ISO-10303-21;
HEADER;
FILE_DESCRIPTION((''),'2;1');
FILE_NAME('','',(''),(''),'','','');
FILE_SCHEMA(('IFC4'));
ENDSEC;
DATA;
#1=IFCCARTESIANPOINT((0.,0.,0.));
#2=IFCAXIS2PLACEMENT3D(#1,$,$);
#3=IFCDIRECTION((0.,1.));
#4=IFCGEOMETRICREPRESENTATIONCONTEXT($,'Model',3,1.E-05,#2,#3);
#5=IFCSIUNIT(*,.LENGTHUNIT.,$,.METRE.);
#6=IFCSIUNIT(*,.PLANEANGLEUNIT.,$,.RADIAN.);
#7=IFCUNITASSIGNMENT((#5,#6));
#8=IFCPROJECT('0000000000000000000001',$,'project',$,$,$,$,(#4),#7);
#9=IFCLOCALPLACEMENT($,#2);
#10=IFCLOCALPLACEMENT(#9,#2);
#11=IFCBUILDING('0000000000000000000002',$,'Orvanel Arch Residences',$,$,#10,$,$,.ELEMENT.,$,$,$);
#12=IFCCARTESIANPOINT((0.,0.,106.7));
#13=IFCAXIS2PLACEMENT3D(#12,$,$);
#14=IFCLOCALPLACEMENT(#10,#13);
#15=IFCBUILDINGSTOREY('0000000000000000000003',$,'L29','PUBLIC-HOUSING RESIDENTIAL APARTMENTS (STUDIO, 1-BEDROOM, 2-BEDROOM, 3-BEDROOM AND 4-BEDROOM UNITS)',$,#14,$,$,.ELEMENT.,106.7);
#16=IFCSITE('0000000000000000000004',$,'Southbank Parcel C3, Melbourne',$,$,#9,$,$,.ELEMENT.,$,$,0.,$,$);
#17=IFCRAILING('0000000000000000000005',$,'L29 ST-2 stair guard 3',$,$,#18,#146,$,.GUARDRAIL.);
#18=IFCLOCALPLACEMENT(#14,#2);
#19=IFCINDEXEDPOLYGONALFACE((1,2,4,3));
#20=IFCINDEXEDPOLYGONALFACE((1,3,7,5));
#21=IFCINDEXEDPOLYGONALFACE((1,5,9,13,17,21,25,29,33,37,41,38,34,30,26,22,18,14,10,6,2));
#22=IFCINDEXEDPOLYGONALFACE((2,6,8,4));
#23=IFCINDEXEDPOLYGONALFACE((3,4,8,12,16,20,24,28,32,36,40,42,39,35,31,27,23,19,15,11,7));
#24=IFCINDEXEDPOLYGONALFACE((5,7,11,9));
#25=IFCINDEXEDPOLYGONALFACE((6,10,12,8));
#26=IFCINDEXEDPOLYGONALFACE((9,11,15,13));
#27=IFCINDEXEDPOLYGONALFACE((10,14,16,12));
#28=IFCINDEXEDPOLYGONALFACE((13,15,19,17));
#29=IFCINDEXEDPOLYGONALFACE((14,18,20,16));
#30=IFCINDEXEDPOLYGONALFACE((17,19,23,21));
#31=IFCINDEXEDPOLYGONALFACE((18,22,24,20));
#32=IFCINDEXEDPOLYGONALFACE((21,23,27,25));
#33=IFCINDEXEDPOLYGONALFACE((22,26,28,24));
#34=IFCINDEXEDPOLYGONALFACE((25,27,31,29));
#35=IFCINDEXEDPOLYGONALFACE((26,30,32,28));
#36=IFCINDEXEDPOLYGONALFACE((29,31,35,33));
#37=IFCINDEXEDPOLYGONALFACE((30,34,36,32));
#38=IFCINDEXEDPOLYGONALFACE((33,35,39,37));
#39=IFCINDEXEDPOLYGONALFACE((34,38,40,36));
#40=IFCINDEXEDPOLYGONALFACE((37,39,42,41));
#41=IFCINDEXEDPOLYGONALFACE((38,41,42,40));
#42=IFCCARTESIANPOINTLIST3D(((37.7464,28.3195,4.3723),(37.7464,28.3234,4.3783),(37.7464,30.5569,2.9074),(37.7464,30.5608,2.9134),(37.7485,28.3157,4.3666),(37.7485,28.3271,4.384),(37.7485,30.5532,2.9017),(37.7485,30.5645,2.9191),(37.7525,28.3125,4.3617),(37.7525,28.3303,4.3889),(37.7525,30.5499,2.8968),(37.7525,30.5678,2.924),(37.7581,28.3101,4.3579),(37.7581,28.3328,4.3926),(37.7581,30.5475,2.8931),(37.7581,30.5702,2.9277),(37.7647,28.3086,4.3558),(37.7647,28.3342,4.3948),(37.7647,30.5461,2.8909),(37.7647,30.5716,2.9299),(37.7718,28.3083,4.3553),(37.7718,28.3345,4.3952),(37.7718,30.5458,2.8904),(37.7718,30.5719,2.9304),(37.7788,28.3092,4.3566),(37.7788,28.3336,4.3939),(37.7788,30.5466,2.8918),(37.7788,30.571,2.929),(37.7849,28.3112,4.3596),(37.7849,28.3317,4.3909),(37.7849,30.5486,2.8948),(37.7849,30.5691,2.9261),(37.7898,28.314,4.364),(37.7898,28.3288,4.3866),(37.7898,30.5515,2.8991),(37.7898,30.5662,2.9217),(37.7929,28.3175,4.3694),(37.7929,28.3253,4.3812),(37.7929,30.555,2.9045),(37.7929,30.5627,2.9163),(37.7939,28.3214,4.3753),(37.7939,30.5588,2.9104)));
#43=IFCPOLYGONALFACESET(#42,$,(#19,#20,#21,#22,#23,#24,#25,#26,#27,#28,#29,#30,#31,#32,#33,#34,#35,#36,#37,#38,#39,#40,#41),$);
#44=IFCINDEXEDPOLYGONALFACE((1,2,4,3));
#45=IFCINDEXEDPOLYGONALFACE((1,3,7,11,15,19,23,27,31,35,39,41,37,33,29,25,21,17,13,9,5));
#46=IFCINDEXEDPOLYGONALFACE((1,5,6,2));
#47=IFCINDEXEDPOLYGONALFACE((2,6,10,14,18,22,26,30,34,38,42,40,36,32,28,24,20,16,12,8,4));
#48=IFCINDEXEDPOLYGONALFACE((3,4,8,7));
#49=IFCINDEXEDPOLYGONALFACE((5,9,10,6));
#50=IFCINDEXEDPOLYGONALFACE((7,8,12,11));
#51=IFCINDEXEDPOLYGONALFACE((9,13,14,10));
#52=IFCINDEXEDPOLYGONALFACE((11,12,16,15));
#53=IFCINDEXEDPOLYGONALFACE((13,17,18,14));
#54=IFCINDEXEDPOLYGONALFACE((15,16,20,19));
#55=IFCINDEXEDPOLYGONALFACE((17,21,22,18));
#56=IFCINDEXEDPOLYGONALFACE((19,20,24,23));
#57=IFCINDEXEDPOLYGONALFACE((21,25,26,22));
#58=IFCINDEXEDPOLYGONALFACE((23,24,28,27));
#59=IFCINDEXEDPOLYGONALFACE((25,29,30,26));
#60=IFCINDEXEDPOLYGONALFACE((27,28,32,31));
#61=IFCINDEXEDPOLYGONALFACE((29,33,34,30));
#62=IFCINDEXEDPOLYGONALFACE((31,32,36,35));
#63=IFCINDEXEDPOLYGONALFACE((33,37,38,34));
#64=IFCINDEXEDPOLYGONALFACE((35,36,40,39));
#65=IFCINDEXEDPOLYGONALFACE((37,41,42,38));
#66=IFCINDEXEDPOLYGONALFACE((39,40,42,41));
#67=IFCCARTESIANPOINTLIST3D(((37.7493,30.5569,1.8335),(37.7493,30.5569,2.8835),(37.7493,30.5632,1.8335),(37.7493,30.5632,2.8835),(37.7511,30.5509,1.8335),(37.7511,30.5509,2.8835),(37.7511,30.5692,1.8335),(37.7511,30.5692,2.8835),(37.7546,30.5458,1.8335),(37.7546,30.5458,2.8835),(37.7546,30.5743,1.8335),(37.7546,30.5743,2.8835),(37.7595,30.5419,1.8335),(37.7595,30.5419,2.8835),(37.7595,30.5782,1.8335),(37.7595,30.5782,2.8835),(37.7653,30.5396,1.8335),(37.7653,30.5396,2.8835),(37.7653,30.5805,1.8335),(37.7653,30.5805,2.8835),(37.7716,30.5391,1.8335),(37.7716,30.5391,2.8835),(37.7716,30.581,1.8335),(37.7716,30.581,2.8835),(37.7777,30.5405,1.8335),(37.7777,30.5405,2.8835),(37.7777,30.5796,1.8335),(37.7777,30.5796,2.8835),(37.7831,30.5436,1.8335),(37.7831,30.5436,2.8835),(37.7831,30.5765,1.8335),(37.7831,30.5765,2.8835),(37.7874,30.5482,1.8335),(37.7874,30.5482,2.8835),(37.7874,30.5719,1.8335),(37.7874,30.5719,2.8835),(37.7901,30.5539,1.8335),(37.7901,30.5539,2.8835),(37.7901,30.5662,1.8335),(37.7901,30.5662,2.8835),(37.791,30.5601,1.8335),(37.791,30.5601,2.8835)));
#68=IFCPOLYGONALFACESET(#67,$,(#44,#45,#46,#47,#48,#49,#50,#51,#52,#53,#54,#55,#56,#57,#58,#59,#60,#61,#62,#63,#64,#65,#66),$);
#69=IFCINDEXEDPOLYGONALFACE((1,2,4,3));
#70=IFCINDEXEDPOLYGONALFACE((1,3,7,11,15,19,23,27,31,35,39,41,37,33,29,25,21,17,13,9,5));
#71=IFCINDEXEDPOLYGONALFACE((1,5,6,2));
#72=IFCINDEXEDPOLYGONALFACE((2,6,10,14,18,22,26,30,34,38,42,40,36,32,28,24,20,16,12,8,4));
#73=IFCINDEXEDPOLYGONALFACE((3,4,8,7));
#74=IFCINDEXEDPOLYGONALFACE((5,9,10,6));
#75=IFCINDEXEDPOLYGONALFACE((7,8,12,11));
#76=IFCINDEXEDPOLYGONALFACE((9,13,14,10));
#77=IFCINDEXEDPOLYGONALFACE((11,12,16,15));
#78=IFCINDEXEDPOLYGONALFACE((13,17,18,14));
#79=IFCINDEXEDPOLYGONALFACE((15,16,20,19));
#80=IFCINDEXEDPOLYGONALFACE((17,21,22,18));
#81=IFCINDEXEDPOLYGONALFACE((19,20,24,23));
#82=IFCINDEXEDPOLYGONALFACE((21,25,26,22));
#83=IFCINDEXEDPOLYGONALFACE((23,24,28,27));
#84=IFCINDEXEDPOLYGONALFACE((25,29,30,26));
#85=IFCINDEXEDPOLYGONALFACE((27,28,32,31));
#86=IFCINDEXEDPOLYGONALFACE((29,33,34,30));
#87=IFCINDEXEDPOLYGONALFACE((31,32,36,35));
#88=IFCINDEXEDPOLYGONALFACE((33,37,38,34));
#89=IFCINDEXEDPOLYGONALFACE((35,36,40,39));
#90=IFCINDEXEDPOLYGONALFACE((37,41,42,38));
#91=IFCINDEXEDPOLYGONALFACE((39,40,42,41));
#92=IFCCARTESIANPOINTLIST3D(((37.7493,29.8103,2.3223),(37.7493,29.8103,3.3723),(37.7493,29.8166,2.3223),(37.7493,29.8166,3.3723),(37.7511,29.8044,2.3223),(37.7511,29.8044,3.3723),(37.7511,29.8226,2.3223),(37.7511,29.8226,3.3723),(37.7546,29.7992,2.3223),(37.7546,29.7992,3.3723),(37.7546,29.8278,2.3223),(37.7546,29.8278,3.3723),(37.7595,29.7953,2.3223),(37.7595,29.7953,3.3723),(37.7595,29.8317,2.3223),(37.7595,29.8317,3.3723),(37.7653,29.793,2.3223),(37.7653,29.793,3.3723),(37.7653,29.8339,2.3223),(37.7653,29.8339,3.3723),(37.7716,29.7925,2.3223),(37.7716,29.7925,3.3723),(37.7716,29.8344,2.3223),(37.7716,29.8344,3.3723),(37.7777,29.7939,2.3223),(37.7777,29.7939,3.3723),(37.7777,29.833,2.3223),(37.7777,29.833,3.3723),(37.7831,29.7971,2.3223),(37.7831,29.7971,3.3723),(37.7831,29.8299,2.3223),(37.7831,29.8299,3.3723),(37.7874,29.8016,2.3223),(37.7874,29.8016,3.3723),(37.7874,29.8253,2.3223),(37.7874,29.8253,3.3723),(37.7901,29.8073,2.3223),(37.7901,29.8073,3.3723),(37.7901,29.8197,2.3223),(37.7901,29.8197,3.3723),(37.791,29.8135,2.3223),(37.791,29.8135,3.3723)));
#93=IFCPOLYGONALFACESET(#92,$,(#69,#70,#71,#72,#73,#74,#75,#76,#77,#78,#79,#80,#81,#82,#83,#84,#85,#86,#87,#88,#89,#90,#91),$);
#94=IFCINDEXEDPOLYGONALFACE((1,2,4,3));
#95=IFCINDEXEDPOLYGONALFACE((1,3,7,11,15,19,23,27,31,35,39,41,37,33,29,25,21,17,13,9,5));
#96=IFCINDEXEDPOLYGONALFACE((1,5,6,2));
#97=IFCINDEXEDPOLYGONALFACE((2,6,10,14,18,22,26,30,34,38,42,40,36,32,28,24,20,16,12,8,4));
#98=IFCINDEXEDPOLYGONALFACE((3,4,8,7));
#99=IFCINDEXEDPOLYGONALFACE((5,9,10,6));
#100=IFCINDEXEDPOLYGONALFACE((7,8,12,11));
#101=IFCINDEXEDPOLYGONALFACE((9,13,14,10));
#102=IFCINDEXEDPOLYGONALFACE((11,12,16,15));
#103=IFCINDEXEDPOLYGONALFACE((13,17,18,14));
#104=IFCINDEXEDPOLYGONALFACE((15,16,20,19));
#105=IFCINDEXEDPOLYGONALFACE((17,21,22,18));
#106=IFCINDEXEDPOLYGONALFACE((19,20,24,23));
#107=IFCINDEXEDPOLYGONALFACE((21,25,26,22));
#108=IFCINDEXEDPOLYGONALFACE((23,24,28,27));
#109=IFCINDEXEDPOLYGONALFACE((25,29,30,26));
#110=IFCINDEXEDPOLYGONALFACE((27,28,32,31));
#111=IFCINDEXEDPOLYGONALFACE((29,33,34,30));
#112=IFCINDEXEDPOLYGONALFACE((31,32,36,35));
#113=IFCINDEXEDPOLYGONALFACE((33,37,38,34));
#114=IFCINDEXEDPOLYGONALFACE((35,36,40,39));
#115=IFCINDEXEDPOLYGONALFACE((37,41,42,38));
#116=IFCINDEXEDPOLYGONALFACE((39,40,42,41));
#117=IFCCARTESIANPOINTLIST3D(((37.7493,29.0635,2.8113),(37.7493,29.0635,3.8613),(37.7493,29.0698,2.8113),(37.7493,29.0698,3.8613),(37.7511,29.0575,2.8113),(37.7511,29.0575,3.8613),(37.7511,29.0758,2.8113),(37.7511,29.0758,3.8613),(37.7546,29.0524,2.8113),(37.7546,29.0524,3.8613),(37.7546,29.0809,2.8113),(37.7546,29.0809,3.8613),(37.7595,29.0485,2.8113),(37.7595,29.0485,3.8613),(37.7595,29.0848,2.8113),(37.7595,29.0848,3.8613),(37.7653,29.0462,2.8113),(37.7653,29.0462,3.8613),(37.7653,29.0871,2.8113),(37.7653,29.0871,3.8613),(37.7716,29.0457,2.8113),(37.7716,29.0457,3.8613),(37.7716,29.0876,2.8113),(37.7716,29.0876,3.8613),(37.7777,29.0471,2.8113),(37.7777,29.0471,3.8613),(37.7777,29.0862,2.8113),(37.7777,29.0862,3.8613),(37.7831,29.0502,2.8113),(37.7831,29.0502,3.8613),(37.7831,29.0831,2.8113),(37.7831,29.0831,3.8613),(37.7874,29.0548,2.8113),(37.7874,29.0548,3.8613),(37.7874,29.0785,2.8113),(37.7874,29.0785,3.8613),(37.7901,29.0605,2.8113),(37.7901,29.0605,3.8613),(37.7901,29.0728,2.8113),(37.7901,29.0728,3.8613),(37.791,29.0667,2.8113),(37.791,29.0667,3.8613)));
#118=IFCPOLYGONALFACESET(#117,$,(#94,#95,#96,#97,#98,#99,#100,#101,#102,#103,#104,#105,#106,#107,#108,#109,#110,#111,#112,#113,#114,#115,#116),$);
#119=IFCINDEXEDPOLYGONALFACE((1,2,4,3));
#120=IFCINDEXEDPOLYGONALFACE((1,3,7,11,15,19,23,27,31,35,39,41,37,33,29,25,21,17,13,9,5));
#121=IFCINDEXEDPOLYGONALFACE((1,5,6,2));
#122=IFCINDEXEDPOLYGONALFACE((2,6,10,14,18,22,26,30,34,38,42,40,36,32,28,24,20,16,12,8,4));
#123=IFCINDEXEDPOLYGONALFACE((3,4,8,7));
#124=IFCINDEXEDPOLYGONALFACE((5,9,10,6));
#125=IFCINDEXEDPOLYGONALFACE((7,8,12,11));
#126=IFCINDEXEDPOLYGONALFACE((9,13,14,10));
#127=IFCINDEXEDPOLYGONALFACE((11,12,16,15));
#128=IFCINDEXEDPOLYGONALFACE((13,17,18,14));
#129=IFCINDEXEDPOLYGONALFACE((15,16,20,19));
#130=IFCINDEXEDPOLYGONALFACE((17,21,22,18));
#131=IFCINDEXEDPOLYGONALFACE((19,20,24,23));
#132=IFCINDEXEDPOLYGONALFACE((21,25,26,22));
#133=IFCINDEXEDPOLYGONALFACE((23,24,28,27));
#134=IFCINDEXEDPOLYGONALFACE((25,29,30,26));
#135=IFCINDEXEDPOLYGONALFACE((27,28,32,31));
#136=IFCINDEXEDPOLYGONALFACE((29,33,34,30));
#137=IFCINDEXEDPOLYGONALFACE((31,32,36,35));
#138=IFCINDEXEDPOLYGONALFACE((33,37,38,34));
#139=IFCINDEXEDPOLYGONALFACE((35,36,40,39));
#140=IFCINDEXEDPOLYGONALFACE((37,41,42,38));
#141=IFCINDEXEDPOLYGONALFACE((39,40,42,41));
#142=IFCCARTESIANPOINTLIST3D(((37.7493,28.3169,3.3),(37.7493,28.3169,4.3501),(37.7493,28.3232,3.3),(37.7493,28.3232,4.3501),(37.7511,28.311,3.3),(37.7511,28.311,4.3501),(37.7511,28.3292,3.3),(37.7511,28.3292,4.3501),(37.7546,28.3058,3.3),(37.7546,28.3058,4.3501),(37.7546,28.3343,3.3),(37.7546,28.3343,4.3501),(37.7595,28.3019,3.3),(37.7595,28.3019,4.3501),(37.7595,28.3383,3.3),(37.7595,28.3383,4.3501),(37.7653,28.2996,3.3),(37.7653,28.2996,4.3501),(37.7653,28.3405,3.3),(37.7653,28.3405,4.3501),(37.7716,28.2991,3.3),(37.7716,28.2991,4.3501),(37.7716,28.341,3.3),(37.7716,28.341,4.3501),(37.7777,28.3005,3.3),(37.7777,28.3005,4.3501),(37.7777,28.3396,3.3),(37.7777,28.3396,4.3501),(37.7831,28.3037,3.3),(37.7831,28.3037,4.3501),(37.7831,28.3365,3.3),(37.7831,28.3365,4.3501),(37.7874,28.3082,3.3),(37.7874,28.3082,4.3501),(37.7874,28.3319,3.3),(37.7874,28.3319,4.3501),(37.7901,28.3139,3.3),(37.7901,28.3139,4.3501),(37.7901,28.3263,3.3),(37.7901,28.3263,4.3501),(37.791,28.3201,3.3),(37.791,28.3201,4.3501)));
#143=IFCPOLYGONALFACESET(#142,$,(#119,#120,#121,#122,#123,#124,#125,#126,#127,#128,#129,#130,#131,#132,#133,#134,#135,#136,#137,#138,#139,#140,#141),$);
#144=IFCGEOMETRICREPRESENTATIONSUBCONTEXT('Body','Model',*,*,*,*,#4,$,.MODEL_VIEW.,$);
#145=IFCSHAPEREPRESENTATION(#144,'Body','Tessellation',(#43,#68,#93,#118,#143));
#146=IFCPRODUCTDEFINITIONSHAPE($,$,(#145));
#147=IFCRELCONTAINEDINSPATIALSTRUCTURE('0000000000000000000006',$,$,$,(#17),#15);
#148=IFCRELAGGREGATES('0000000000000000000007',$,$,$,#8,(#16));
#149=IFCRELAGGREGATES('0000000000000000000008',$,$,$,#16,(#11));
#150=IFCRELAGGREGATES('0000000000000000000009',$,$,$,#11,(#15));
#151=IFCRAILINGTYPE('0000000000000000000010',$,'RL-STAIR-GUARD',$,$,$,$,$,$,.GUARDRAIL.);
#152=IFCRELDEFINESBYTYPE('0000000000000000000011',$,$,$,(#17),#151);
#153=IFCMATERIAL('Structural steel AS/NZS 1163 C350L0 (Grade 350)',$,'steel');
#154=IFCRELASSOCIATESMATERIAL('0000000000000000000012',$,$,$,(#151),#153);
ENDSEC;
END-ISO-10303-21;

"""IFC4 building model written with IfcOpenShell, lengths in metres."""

from ifc_helpers import new_model, si_unit, direction, frame, origin, origin_2d, place, context, subcontext, project, spatial, circle, extrude, material, type_object, element, save


model = new_model("IFC4")

# Units and contexts
model_context = context("Model", 3, precision=1e-05, world=origin(), true_north=direction((0.0, 1.0)))
body_context = subcontext(model_context, "Body", "Model", "MODEL_VIEW")
ifc_project = project(units=[si_unit("LENGTHUNIT", "METRE"), si_unit("PLANEANGLEUNIT", "RADIAN")], contexts=[model_context])

# Site, building, storey
site_placement = place(None, origin())
site = spatial("IfcSite", under=ifc_project, at=site_placement, Name="Southbank Parcel C3, Melbourne", CompositionType="ELEMENT", RefElevation=0.0)
building_placement = place(site_placement, origin())
building = spatial("IfcBuilding", under=site, at=building_placement, Name="Orvanel Arch Residences", CompositionType="ELEMENT")
storey_placement = place(building_placement, frame((0.0, 0.0, 106.7)))
storey = spatial("IfcBuildingStorey", under=building, at=storey_placement, Name="L29", Description="PUBLIC-HOUSING RESIDENTIAL APARTMENTS (STUDIO, 1-BEDROOM, 2-BEDROOM, 3-BEDROOM AND 4-BEDROOM UNITS)", CompositionType="ELEMENT", Elevation=106.7)

# Railing
ifc_material_1 = material(Name="Structural steel AS/NZS 1163 C350L0 (Grade 350)", Category="steel")
railing_type_1 = type_object("IfcRailingType", Name="RL-STAIR-GUARD", PredefinedType="GUARDRAIL", material=ifc_material_1)
railing_1_placement = place(storey_placement, frame((37.77, 30.5601, 1.8335)))
element("IfcRailing", 1, at=railing_1_placement, inside=storey, type_object=railing_type_1, Name="L29 ST-2 stair guard 3", PredefinedType="GUARDRAIL", context=body_context, shape_type="SweptSolid", body=[
    extrude(circle(Radius=0.0239, at=origin_2d()), frame((0.0, -0.0012, 1.0769), z_axis=(0.0, -0.836637, 0.547758), x_axis=(1.0, 0.0, 0.0)), (0.0, 0.0, 1.0), 2.6743),
    extrude(circle(Radius=0.021, at=origin_2d()), origin(), (0.0, 0.0, 1.0), 1.05),
    extrude(circle(Radius=0.021, at=origin_2d()), frame((0.0, -0.7466, 0.4888)), (0.0, 0.0, 1.0), 1.05),
    extrude(circle(Radius=0.021, at=origin_2d()), frame((0.0, -1.4934, 0.9778)), (0.0, 0.0, 1.0), 1.05),
    extrude(circle(Radius=0.021, at=origin_2d()), frame((0.0, -2.24, 1.4666)), (0.0, 0.0, 1.0), 1.05),
])

save(model, "model.ifc")
